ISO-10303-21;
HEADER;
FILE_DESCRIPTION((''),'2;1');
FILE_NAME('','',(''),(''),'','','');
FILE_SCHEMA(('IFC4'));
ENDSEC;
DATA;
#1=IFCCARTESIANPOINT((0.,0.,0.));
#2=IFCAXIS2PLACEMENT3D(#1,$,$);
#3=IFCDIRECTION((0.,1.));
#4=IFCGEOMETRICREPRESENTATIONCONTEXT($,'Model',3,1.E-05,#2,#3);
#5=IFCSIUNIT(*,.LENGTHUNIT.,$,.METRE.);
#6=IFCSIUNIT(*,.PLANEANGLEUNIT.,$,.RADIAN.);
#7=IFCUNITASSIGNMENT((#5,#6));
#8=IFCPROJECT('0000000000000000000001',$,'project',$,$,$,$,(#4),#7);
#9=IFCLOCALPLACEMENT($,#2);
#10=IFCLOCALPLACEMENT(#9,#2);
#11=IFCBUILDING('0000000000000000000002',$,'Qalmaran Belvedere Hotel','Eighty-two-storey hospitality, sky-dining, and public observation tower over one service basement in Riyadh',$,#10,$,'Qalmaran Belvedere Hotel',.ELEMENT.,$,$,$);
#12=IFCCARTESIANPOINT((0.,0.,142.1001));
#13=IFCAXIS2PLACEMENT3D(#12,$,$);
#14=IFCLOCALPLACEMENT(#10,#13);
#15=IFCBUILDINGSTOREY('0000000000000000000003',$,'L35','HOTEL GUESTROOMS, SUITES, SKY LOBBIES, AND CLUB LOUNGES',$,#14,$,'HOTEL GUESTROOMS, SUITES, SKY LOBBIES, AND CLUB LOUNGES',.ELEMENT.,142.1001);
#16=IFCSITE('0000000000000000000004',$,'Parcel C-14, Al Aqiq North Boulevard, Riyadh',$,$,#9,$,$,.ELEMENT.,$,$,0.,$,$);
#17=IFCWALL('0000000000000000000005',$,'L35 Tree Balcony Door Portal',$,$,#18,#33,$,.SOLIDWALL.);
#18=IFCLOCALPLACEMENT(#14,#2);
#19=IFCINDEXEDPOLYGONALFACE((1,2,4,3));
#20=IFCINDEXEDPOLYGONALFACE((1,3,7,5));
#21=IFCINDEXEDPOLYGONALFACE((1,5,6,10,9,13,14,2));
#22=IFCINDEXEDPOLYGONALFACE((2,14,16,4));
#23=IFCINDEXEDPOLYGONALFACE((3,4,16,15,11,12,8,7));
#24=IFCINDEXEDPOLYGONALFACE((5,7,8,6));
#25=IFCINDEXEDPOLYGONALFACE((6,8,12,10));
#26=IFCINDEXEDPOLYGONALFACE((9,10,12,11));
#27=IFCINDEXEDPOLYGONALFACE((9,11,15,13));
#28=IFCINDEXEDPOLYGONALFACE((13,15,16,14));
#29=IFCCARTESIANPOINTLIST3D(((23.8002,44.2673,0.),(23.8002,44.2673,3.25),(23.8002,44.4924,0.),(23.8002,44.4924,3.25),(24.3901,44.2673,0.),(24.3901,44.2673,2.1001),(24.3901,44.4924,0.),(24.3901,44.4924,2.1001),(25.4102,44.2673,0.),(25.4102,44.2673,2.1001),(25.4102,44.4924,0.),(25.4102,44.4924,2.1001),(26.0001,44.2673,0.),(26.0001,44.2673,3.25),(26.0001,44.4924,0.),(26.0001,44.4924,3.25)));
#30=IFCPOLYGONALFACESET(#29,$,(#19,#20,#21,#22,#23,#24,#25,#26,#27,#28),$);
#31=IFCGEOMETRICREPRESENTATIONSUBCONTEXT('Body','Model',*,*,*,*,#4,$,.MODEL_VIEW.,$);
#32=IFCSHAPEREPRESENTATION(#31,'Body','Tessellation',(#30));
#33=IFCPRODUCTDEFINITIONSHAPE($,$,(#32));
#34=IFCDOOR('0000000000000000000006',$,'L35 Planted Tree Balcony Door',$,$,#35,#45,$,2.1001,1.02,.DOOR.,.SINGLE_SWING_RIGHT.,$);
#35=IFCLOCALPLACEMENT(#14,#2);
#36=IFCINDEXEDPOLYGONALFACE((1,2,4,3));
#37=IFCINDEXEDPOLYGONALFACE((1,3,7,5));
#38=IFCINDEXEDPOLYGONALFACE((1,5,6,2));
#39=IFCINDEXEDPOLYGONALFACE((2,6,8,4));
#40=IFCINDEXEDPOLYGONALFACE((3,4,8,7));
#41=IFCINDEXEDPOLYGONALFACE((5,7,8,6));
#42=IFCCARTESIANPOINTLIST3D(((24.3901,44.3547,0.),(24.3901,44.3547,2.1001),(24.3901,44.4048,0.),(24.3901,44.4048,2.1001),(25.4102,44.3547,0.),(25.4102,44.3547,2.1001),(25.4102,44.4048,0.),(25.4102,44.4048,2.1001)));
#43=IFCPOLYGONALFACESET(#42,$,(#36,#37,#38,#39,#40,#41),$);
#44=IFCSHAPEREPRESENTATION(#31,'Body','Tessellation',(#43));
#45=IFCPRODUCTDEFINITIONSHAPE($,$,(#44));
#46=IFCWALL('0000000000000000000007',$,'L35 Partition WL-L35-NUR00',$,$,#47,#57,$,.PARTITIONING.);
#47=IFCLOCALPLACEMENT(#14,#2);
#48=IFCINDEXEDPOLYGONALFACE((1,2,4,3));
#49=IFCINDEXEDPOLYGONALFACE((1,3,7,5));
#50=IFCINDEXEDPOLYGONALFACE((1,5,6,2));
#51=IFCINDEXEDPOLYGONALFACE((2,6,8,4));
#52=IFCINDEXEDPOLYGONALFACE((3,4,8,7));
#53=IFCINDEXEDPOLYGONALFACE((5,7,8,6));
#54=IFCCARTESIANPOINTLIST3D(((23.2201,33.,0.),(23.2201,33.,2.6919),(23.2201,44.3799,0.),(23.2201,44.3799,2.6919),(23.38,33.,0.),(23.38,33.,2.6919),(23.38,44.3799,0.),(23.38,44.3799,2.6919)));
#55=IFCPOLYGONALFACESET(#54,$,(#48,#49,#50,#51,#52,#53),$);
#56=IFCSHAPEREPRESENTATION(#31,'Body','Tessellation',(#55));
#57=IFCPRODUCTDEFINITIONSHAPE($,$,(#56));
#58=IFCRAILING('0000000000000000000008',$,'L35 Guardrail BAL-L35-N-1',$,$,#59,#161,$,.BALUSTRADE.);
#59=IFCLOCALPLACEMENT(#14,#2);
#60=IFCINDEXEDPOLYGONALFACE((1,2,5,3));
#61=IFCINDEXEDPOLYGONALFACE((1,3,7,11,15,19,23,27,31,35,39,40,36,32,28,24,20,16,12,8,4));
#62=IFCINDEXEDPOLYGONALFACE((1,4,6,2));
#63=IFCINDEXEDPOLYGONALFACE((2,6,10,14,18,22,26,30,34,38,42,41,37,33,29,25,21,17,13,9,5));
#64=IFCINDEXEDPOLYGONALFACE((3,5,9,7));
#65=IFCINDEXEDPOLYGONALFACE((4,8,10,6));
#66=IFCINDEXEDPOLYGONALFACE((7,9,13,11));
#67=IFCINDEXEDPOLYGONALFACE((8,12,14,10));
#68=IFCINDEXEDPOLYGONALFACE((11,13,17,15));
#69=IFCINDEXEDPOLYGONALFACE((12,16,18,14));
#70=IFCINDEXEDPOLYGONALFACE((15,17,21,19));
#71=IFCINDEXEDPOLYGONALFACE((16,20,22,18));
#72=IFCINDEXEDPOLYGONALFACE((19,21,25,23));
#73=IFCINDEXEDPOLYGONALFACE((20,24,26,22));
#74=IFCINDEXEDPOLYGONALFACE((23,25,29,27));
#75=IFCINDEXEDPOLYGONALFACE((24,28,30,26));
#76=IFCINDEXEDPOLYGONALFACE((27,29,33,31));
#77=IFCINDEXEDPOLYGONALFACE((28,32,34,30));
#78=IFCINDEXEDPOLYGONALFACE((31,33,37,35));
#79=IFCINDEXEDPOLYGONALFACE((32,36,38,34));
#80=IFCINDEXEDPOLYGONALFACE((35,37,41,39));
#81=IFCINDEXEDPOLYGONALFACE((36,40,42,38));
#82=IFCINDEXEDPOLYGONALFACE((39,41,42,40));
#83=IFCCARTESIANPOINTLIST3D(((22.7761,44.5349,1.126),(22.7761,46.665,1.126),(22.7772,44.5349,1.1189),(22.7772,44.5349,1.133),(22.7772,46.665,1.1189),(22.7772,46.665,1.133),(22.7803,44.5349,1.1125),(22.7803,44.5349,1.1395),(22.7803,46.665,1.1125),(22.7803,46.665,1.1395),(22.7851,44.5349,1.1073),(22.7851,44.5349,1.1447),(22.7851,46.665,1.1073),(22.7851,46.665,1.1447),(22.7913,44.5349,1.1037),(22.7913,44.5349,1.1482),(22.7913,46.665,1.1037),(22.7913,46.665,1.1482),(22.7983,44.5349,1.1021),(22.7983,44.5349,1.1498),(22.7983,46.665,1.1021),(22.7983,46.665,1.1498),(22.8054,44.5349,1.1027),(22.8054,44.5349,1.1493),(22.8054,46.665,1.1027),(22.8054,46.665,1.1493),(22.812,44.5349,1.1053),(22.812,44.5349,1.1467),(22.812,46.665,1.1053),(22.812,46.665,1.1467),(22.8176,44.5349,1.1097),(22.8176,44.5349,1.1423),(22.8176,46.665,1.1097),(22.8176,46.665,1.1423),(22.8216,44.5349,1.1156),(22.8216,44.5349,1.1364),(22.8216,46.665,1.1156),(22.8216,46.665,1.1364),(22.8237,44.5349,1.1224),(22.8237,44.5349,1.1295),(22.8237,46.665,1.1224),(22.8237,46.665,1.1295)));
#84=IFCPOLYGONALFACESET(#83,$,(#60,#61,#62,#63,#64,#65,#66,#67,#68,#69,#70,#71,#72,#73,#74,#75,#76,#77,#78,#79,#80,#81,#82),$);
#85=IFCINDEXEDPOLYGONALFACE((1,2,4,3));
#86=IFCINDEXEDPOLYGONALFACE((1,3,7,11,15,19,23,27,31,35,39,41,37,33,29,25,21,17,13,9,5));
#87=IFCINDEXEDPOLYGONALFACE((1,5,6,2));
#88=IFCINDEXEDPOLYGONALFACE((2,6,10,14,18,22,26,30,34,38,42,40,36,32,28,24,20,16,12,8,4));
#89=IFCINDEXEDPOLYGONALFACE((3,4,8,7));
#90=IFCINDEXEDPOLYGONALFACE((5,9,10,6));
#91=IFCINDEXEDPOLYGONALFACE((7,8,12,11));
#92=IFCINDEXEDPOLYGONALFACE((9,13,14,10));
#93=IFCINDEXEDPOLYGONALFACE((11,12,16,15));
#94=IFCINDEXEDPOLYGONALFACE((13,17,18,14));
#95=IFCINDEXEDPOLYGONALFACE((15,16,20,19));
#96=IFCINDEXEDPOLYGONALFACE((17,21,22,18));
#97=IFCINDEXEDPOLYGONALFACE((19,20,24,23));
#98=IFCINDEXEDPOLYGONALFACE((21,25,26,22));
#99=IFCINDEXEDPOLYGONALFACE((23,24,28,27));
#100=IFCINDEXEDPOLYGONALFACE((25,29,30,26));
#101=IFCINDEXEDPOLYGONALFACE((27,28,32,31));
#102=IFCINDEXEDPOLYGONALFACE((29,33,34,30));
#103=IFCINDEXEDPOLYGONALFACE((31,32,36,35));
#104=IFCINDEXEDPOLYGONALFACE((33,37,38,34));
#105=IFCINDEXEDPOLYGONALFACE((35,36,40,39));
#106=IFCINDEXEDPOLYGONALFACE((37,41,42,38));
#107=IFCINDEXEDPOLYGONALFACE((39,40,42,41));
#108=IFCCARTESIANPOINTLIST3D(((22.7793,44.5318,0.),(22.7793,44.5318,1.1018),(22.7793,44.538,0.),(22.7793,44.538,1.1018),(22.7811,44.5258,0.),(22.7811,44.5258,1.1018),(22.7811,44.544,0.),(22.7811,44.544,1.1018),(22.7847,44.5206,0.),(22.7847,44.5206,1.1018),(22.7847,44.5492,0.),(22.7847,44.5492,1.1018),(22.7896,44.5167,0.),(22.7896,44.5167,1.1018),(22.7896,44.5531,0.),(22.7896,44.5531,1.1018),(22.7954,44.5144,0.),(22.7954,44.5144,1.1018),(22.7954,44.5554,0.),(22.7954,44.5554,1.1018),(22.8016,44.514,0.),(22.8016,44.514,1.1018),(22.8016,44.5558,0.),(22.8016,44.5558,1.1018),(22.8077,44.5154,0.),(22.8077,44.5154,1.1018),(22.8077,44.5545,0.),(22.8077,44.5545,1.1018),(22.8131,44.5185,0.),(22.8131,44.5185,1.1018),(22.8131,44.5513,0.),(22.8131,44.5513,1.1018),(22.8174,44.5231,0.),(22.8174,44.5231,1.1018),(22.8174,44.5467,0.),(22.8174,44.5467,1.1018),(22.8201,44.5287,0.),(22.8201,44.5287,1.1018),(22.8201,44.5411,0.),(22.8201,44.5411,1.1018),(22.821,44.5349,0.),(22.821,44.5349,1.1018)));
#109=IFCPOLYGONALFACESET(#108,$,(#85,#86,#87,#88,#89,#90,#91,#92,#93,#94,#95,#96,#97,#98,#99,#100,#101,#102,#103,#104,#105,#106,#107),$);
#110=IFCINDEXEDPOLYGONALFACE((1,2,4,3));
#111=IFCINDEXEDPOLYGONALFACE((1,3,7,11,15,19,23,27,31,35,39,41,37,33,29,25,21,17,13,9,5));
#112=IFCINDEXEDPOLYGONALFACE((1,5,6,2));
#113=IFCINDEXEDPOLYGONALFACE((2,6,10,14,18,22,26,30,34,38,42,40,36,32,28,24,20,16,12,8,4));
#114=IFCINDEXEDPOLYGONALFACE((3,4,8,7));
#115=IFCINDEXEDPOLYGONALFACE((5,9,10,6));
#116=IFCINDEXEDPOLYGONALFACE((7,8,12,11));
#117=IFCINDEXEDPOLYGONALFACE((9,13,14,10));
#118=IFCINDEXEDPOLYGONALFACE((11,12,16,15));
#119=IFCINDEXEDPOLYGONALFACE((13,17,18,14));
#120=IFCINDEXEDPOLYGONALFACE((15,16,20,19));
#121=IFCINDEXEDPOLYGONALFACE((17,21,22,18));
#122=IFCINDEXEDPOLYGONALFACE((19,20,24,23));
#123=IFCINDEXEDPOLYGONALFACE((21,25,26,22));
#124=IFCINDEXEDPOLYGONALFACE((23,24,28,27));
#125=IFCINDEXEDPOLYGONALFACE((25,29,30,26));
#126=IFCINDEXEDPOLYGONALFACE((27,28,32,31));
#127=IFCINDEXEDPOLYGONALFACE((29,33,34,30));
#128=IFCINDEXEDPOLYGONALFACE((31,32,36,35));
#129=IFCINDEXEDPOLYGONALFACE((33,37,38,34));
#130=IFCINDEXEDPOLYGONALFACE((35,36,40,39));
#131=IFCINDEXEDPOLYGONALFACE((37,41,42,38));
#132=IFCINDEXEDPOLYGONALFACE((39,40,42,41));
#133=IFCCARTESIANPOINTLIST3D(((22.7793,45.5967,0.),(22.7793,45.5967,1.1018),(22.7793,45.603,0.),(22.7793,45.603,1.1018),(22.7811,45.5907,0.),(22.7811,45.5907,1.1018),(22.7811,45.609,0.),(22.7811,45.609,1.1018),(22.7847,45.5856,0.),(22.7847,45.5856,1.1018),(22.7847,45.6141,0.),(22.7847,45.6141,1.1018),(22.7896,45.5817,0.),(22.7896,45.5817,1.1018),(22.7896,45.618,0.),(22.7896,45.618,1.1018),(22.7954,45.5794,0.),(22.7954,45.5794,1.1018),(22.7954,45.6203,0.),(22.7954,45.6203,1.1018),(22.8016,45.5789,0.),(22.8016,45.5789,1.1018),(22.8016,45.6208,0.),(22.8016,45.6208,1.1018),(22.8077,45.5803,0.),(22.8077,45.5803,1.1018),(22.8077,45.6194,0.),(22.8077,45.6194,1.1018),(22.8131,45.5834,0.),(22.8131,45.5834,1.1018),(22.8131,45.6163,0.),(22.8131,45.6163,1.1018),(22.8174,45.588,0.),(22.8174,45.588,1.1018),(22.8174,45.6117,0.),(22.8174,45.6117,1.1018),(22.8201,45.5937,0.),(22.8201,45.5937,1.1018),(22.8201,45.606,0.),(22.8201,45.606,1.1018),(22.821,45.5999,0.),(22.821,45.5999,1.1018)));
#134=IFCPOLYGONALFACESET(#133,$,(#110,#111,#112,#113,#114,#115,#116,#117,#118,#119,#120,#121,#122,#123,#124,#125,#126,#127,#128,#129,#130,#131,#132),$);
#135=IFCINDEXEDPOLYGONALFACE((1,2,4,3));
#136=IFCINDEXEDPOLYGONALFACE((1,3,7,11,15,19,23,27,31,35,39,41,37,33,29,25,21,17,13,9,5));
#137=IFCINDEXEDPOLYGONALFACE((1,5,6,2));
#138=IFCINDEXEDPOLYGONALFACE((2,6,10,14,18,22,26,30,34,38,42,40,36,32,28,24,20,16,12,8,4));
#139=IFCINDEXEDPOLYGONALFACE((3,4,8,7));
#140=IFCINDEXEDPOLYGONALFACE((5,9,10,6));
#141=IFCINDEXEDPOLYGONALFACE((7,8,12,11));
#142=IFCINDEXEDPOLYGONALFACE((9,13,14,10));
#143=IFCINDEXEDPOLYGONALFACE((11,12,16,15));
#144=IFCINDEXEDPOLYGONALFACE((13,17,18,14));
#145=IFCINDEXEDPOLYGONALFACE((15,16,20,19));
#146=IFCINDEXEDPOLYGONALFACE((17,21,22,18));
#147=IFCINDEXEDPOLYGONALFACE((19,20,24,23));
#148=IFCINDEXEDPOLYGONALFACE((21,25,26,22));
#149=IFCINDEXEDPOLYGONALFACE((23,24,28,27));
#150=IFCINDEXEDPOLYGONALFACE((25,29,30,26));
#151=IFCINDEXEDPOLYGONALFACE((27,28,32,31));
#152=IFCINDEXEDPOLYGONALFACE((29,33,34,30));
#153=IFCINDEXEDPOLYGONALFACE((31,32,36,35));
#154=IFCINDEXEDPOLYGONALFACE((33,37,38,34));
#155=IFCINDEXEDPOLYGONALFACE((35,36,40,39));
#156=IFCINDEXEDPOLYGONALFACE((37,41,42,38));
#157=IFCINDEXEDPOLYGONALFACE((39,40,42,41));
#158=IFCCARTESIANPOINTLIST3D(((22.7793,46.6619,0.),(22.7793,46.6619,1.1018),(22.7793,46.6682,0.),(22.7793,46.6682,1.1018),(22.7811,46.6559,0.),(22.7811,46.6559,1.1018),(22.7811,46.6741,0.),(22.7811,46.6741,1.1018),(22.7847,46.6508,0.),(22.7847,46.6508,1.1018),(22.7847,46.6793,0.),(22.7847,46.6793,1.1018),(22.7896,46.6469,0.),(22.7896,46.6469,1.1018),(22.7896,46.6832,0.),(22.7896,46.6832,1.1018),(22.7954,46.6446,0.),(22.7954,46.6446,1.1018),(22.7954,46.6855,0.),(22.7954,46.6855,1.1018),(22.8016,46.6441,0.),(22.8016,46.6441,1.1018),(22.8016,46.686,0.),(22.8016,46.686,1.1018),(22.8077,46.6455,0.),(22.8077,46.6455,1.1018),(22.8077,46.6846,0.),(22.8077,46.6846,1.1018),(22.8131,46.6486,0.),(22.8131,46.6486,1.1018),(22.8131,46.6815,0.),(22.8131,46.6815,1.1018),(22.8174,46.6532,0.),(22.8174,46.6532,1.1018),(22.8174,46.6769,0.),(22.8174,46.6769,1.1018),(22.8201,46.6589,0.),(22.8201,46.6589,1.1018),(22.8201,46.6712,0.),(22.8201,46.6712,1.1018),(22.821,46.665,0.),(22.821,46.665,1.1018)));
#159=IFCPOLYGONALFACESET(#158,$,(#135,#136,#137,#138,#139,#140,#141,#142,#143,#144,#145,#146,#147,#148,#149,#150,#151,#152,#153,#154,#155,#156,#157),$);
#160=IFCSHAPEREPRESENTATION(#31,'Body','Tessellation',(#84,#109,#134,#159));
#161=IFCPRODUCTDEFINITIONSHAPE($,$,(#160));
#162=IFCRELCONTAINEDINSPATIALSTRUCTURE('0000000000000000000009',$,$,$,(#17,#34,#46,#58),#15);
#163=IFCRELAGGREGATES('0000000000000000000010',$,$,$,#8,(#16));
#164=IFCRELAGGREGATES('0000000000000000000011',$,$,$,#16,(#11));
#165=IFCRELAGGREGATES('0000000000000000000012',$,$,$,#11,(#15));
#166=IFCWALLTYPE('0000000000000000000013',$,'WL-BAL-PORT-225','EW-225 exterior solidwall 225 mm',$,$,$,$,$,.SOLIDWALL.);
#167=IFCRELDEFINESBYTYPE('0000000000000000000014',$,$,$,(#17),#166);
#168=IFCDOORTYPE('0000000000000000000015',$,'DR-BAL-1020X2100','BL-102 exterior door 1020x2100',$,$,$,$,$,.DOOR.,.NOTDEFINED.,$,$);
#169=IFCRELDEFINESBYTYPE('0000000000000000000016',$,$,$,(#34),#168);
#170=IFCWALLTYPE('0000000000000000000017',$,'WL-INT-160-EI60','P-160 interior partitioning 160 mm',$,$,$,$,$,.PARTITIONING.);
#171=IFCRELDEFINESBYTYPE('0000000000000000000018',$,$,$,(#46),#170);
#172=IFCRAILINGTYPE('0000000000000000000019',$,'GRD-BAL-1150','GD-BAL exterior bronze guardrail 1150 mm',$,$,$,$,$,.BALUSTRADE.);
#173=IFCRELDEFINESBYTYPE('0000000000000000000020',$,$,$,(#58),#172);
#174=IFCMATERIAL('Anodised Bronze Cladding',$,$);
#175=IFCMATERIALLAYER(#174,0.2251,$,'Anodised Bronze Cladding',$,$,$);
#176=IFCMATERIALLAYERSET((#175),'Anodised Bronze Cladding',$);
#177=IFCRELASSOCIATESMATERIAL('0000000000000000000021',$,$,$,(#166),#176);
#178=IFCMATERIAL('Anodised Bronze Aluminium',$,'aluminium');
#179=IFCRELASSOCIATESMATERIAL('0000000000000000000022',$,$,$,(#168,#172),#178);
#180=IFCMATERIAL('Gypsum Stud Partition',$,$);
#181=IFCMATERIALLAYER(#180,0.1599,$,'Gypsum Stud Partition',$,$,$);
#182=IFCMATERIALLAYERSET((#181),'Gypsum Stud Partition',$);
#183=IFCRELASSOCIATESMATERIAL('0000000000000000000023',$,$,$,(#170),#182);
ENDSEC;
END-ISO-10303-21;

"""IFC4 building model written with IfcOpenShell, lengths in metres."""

from ifc_helpers import new_model, si_unit, direction, frame, frame_2d, origin, origin_2d, place, context, subcontext, project, spatial, rectangle, circle, extrude, material, layer, layer_set, type_object, element, fill, save


model = new_model("IFC4")

# Units and contexts
model_context = context("Model", 3, precision=1e-05, world=origin(), true_north=direction((0.0, 1.0)))
body_context = subcontext(model_context, "Body", "Model", "MODEL_VIEW")
ifc_project = project(units=[si_unit("LENGTHUNIT", "METRE"), si_unit("PLANEANGLEUNIT", "RADIAN")], contexts=[model_context])

# Site, building, storey
site_placement = place(None, origin())
site = spatial("IfcSite", under=ifc_project, at=site_placement, Name="Parcel C-14, Al Aqiq North Boulevard, Riyadh", CompositionType="ELEMENT", RefElevation=0.0)
building_placement = place(site_placement, origin())
building = spatial("IfcBuilding", under=site, at=building_placement, Name="Qalmaran Belvedere Hotel", Description="Eighty-two-storey hospitality, sky-dining, and public observation tower over one service basement in Riyadh", LongName="Qalmaran Belvedere Hotel", CompositionType="ELEMENT")
storey_placement = place(building_placement, frame((0.0, 0.0, 142.1001)))
storey = spatial("IfcBuildingStorey", under=building, at=storey_placement, Name="L35", Description="HOTEL GUESTROOMS, SUITES, SKY LOBBIES, AND CLUB LOUNGES", LongName="HOTEL GUESTROOMS, SUITES, SKY LOBBIES, AND CLUB LOUNGES", CompositionType="ELEMENT", Elevation=142.1001)

# Shared definitions
ifc_material_1 = material(Name="Anodised Bronze Aluminium", Category="aluminium")

# Wall, opening, door
ifc_material_2 = material(Name="Anodised Bronze Cladding")
ifc_layer_1 = layer(ifc_material_2, 0.2251, Name="Anodised Bronze Cladding")
ifc_layer_set_1 = layer_set([ifc_layer_1], Name="Anodised Bronze Cladding")
wall_type_1 = type_object("IfcWallType", Name="WL-BAL-PORT-225", Description="EW-225 exterior solidwall 225 mm", PredefinedType="SOLIDWALL", material=ifc_layer_set_1)
wall_1_placement = place(storey_placement, frame((23.8, 44.3799, 0.0), z_axis=(0.0, 0.0, 1.0), x_axis=(1.0, 0.0, 0.0)))
wall_1 = element("IfcWall", 1, at=wall_1_placement, inside=storey, type_object=wall_type_1, Name="L35 Tree Balcony Door Portal", PredefinedType="SOLIDWALL", context=body_context, shape_type="SweptSolid", body=[
    extrude(rectangle(XDim=2.2, YDim=0.2251, at=frame_2d((1.1001, 0.0))), origin(), (0.0, 0.0, 1.0), 3.25),
])
opening_1_placement = place(wall_1_placement, frame((0.5901, 0.0, 0.0)))
opening_1 = element("IfcOpeningElement", 2, at=opening_1_placement, cuts=wall_1, PredefinedType="OPENING", context=body_context, shape_type="SweptSolid", body=[
    extrude(rectangle(XDim=1.02, YDim=2.1001, at=frame_2d((0.51, 1.05))), frame((0.0, 0.1226, 0.0), z_axis=(0.0, -1.0, 0.0), x_axis=(1.0, 0.0, 0.0)), (0.0, 0.0, 1.0), 0.2451),
])
door_type_1 = type_object("IfcDoorType", Name="DR-BAL-1020X2100", Description="BL-102 exterior door 1020x2100", OperationType="NOTDEFINED", PredefinedType="DOOR", material=ifc_material_1)
door_1_placement = place(opening_1_placement, origin())
door_1 = element("IfcDoor", 3, at=door_1_placement, inside=storey, type_object=door_type_1, Name="L35 Planted Tree Balcony Door", OperationType="SINGLE_SWING_RIGHT", OverallHeight=2.1001, OverallWidth=1.02, PredefinedType="DOOR", context=body_context, shape_type="SweptSolid", body=[
    extrude(rectangle(XDim=1.02, YDim=2.1001, at=frame_2d((0.51, 1.05))), frame((0.0, 0.0249, 0.0), z_axis=(0.0, -1.0, 0.0), x_axis=(1.0, 0.0, 0.0)), (0.0, 0.0, 1.0), 0.05),
])
fill(opening_1, door_1)

# Wall
ifc_material_3 = material(Name="Gypsum Stud Partition")
ifc_layer_2 = layer(ifc_material_3, 0.1599, Name="Gypsum Stud Partition")
ifc_layer_set_2 = layer_set([ifc_layer_2], Name="Gypsum Stud Partition")
wall_type_2 = type_object("IfcWallType", Name="WL-INT-160-EI60", Description="P-160 interior partitioning 160 mm", PredefinedType="PARTITIONING", material=ifc_layer_set_2)
wall_2_placement = place(storey_placement, frame((23.3, 33.0, 0.0), z_axis=(0.0, 0.0, 1.0), x_axis=(0.0, 1.0, 0.0)))
element("IfcWall", 4, at=wall_2_placement, inside=storey, type_object=wall_type_2, Name="L35 Partition WL-L35-NUR00", PredefinedType="PARTITIONING", context=body_context, shape_type="SweptSolid", body=[
    extrude(rectangle(XDim=11.3799, YDim=0.1599, at=frame_2d((5.6899, 0.0))), origin(), (0.0, 0.0, 1.0), 2.6919),
])

# Railing
railing_type = type_object("IfcRailingType", Name="GRD-BAL-1150", Description="GD-BAL exterior bronze guardrail 1150 mm", PredefinedType="BALUSTRADE", material=ifc_material_1)
railing_1_placement = place(storey_placement, frame((22.8, 44.5349, 0.0)))
element("IfcRailing", 5, at=railing_1_placement, inside=storey, type_object=railing_type, Name="L35 Guardrail BAL-L35-N-1", PredefinedType="BALUSTRADE", context=body_context, shape_type="SweptSolid", body=[
    extrude(circle(Radius=0.0239, at=origin_2d()), frame((0.0, 0.0, 1.126), z_axis=(0.0, 1.0, 0.0), x_axis=(-1.0, 0.0, 0.0)), (0.0, 0.0, 1.0), 2.1301),
    extrude(circle(Radius=0.021, at=origin_2d()), origin(), (0.0, 0.0, 1.0), 1.1018),
    extrude(circle(Radius=0.021, at=origin_2d()), frame((0.0, 1.0649, 0.0)), (0.0, 0.0, 1.0), 1.1018),
    extrude(circle(Radius=0.021, at=origin_2d()), frame((0.0, 2.1301, 0.0)), (0.0, 0.0, 1.0), 1.1018),
])

save(model, "model.ifc")
